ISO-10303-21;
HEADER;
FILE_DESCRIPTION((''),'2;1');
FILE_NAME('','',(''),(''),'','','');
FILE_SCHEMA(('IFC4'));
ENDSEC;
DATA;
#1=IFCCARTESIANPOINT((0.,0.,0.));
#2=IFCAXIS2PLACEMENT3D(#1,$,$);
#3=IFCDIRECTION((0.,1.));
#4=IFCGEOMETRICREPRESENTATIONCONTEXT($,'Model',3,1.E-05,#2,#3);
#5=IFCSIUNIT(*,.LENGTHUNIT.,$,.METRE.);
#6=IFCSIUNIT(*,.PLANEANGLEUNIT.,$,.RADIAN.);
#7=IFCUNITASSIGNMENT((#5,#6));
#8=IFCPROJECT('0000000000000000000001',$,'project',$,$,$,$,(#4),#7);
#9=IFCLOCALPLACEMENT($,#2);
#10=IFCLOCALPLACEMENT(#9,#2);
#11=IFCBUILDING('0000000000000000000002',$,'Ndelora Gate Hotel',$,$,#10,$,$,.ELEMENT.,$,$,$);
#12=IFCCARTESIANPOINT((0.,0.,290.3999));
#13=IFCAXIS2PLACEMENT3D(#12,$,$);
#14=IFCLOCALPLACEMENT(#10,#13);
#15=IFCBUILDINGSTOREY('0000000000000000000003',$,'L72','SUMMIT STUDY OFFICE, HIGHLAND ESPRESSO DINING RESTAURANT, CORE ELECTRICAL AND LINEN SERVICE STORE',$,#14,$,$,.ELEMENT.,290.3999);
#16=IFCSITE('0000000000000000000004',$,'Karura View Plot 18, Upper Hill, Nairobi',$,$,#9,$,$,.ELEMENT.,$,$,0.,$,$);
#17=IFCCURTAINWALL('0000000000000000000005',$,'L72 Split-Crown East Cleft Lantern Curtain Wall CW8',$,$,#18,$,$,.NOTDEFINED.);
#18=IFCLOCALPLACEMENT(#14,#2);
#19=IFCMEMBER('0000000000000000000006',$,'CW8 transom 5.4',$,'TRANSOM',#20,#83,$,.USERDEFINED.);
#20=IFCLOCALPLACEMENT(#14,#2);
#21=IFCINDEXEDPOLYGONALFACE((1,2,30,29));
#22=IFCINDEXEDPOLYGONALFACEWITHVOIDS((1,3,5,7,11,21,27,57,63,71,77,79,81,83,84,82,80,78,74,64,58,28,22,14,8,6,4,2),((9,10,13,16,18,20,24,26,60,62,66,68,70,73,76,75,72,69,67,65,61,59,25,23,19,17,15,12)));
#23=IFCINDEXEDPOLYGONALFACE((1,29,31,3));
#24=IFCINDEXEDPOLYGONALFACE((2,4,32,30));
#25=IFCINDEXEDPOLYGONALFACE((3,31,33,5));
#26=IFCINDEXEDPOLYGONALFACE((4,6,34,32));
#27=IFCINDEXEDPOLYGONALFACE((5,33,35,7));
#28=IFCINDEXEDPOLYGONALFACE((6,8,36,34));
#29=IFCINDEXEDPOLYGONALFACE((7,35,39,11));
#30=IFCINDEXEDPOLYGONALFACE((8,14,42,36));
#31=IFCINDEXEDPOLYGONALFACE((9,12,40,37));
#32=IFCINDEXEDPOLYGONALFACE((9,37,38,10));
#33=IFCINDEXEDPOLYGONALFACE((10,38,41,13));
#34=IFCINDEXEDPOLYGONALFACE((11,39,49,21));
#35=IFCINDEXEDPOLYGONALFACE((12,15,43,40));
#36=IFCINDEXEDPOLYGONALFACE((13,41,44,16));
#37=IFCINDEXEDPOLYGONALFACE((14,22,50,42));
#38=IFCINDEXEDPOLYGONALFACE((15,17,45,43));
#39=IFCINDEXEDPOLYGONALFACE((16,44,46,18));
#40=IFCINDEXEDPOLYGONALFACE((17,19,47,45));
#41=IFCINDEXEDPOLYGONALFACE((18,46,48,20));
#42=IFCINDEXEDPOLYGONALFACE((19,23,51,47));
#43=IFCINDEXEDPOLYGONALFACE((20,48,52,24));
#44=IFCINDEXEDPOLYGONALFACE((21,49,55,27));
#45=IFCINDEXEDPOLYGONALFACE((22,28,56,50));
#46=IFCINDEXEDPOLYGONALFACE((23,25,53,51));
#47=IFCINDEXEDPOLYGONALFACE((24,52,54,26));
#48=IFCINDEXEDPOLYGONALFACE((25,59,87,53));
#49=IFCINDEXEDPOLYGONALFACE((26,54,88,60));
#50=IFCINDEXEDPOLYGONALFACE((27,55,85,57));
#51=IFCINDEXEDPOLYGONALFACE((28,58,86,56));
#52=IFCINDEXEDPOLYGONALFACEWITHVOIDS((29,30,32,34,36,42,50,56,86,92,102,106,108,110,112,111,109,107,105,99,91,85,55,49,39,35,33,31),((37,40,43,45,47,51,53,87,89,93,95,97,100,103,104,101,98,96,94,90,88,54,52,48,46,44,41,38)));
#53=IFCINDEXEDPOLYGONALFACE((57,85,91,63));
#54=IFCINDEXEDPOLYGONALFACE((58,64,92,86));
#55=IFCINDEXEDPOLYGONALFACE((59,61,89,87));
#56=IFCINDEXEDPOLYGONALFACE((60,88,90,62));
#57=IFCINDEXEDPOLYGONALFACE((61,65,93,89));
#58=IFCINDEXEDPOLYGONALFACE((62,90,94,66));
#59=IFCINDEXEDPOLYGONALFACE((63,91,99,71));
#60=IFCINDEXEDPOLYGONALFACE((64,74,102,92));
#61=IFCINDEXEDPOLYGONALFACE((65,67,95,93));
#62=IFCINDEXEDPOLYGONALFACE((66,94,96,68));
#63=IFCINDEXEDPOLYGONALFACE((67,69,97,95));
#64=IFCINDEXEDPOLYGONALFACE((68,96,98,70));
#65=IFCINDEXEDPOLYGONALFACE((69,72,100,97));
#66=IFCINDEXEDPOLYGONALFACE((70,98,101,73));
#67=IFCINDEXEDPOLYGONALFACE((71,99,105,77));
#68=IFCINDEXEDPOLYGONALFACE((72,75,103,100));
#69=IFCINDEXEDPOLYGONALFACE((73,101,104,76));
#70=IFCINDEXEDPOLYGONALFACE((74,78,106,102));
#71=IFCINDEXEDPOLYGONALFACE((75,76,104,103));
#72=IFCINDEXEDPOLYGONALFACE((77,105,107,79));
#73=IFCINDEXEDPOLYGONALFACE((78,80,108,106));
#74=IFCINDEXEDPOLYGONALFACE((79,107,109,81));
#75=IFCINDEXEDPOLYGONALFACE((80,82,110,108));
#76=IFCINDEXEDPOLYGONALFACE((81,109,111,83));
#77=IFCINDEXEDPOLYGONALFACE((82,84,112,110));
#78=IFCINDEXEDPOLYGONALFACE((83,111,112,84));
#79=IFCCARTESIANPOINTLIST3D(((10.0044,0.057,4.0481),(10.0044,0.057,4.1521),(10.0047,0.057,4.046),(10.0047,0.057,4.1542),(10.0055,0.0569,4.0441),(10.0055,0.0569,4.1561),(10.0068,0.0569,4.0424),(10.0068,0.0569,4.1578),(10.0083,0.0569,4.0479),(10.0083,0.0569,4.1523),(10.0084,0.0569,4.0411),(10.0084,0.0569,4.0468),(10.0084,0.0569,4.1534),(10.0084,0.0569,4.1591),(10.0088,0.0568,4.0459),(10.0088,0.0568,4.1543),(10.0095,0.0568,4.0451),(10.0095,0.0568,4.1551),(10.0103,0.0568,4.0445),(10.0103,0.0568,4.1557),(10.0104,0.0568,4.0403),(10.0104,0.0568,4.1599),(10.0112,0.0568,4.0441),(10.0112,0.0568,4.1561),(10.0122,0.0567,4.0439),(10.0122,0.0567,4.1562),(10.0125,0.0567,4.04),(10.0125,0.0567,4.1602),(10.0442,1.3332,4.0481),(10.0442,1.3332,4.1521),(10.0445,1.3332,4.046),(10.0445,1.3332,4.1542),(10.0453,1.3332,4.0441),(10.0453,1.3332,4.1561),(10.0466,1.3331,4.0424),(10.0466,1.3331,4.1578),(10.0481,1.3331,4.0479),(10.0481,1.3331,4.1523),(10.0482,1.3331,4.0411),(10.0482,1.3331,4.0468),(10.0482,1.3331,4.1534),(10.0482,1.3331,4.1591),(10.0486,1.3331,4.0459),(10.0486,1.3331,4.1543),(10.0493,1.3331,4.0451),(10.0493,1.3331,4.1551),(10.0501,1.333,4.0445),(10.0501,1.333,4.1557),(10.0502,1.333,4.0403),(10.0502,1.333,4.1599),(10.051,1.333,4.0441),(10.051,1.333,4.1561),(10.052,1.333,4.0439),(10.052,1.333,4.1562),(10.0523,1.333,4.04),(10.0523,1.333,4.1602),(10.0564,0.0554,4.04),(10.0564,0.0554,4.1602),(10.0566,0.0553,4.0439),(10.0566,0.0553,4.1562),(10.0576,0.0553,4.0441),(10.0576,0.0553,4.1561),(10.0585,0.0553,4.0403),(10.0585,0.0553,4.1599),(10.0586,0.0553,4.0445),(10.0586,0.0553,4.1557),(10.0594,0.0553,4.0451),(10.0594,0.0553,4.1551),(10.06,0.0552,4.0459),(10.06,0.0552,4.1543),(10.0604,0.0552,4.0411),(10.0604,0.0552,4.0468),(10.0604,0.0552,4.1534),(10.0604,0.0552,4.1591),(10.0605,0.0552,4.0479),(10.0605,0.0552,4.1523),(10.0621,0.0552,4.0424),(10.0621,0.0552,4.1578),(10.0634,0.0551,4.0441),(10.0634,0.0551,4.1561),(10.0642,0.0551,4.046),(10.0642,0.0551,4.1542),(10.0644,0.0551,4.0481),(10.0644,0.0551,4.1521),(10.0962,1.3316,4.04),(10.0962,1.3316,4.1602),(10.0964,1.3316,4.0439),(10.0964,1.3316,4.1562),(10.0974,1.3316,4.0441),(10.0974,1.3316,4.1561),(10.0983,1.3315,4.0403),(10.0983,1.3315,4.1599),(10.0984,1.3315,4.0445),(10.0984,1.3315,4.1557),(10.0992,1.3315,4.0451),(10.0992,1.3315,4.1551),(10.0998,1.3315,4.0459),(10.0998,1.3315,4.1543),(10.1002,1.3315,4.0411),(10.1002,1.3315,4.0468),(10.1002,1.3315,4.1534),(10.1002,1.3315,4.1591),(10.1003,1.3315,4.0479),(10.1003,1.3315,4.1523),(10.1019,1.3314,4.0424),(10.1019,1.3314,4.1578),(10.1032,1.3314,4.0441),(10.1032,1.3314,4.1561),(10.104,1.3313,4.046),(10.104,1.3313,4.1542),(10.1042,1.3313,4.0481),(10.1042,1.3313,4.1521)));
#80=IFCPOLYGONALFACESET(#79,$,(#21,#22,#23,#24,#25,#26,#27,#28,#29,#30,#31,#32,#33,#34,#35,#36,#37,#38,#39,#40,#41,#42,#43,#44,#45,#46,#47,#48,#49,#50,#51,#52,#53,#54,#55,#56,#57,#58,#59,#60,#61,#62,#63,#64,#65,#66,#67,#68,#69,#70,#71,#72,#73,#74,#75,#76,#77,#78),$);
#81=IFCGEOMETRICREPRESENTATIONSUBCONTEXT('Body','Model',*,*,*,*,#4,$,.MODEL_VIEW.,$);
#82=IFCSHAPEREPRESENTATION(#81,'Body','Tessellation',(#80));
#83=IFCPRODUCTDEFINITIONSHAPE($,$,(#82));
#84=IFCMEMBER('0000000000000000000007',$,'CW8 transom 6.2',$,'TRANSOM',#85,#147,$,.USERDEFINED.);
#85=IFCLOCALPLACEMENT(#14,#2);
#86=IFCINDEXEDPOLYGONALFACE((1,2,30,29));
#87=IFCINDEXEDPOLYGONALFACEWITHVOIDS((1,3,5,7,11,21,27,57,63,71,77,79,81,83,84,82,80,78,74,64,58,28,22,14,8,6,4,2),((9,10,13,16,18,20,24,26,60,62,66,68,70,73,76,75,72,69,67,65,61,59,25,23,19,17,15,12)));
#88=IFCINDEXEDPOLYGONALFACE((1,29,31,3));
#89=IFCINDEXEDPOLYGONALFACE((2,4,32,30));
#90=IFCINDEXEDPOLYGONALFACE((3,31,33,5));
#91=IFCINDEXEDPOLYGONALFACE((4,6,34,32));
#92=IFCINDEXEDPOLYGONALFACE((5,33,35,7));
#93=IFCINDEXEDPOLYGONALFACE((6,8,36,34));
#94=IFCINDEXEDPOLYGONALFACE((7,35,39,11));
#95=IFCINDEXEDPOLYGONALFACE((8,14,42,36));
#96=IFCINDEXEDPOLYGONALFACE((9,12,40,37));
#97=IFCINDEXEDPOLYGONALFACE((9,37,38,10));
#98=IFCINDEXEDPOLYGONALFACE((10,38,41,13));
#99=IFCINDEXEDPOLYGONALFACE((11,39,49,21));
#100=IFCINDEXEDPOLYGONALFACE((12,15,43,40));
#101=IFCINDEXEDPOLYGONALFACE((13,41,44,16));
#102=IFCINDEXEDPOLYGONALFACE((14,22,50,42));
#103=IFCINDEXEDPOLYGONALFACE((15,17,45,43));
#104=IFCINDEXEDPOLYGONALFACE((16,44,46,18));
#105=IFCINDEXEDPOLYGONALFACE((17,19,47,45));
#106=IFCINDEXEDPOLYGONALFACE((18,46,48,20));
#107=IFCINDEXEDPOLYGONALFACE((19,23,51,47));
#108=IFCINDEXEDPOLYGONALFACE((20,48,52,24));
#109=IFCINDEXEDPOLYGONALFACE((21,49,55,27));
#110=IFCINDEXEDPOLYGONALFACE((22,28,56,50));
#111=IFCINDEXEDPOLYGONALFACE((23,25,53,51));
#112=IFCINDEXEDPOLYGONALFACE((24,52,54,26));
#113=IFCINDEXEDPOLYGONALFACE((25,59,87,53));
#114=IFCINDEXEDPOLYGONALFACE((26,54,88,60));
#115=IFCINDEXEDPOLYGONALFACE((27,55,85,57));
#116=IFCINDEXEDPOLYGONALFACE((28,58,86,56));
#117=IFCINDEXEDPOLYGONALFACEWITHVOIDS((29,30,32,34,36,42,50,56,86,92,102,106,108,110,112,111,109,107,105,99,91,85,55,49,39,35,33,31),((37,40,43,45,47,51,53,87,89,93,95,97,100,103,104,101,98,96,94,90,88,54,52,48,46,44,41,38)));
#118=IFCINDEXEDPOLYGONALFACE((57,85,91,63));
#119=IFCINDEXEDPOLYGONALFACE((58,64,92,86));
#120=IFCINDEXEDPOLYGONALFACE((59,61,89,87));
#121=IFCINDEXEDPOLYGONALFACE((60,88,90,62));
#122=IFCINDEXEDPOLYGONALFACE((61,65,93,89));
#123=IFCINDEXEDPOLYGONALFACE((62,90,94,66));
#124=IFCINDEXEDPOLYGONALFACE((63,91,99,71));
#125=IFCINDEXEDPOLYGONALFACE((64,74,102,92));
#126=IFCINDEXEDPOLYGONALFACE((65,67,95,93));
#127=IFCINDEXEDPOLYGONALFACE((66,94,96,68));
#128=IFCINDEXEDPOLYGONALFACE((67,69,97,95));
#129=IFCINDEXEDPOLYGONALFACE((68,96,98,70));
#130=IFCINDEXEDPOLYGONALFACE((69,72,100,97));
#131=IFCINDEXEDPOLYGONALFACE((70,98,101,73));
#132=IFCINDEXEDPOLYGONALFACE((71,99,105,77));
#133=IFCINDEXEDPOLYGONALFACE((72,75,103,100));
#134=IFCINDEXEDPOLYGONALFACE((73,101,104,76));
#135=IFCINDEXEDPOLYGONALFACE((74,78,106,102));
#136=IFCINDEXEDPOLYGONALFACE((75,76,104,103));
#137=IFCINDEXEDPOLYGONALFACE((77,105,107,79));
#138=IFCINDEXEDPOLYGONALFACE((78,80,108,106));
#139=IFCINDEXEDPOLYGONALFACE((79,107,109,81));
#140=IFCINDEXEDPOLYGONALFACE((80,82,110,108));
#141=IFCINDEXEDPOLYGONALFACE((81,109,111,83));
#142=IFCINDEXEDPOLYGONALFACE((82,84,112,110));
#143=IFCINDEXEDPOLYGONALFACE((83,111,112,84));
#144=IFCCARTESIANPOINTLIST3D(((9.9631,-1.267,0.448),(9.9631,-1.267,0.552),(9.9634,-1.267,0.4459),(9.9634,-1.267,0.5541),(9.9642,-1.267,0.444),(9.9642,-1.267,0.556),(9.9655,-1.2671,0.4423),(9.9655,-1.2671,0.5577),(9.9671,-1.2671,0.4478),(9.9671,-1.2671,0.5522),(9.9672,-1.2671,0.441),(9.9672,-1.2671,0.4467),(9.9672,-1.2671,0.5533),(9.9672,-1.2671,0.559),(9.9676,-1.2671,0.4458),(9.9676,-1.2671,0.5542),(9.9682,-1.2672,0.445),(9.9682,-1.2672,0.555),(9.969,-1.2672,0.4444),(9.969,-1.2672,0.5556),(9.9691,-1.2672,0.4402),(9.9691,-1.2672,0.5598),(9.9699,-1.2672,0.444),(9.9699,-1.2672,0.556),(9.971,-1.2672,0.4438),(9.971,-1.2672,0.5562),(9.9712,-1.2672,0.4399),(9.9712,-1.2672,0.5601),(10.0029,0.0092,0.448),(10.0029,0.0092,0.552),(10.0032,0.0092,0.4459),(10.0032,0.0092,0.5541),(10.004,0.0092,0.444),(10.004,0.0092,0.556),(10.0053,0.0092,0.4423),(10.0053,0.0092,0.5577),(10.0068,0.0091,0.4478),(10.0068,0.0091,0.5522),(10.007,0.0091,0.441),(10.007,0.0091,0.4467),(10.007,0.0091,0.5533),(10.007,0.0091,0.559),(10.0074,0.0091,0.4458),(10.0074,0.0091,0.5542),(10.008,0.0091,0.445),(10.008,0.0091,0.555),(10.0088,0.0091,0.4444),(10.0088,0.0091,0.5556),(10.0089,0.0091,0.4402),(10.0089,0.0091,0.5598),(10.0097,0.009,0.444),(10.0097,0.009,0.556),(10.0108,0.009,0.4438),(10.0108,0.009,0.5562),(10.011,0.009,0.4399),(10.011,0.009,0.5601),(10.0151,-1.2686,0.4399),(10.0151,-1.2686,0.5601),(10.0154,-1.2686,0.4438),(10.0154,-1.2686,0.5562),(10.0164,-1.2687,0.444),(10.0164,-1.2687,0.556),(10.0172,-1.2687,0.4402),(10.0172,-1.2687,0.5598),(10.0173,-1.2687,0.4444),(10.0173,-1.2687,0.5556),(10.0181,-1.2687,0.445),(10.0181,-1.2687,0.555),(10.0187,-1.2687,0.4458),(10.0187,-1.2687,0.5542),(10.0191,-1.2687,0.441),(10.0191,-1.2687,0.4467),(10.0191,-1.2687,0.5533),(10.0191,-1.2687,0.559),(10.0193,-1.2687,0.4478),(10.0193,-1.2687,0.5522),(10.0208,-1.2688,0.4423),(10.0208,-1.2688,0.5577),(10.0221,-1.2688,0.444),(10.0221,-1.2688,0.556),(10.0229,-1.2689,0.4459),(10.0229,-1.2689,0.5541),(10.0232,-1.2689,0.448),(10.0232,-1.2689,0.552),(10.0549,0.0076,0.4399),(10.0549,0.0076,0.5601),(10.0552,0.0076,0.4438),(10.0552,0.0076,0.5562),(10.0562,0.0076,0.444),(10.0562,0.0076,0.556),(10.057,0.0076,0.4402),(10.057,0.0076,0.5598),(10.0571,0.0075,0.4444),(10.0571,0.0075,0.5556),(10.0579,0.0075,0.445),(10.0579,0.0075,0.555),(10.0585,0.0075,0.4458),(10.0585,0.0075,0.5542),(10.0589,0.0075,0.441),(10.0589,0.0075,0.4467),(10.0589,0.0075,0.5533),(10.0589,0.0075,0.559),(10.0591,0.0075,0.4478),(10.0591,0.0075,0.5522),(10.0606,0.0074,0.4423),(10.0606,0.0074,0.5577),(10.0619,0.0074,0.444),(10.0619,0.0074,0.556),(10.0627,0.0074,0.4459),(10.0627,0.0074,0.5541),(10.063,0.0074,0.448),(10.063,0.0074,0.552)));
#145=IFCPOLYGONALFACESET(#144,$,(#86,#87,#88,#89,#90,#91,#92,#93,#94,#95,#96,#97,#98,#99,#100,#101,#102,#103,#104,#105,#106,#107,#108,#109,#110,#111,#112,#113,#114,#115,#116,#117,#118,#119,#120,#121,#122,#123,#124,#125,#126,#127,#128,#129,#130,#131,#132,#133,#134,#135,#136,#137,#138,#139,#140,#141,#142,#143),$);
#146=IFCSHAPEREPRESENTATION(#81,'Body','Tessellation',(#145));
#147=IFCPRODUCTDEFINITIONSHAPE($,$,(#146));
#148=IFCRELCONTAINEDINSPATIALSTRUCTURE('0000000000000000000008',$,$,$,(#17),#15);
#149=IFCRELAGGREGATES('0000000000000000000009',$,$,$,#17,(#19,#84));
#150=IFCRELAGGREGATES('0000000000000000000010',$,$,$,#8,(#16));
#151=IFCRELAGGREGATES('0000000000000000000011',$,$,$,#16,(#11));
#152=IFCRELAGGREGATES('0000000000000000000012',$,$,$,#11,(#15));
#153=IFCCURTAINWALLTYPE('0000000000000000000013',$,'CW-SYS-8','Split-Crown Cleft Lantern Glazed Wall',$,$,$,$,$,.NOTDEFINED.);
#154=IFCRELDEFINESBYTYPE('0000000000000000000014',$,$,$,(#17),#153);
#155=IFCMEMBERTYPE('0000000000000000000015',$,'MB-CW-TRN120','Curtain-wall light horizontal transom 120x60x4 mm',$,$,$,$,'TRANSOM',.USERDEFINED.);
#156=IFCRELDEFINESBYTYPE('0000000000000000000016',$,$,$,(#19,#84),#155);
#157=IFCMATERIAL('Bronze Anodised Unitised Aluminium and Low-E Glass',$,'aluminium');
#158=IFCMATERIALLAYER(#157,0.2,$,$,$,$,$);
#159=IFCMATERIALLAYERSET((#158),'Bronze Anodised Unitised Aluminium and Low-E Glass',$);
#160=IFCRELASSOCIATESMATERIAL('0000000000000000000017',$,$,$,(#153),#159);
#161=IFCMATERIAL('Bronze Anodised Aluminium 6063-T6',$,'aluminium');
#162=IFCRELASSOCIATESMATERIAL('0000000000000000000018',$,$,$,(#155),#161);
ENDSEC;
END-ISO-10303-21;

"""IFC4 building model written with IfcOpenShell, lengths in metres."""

from ifc_helpers import new_model, si_unit, direction, frame, origin, origin_2d, place, context, subcontext, project, spatial, hollow_rectangle, extrude, material, layer, layer_set, material_profile, profile_set, type_object, element, aggregate, save


model = new_model("IFC4")

# Units and contexts
model_context = context("Model", 3, precision=1e-05, world=origin(), true_north=direction((0.0, 1.0)))
body_context = subcontext(model_context, "Body", "Model", "MODEL_VIEW")
ifc_project = project(units=[si_unit("LENGTHUNIT", "METRE"), si_unit("PLANEANGLEUNIT", "RADIAN")], contexts=[model_context])

# Site, building, storey
site_placement = place(None, origin())
site = spatial("IfcSite", under=ifc_project, at=site_placement, Name="Karura View Plot 18, Upper Hill, Nairobi", CompositionType="ELEMENT", RefElevation=0.0)
building_placement = place(site_placement, origin())
building = spatial("IfcBuilding", under=site, at=building_placement, Name="Ndelora Gate Hotel", CompositionType="ELEMENT")
storey_placement = place(building_placement, frame((0.0, 0.0, 290.3999)))
storey = spatial("IfcBuildingStorey", under=building, at=storey_placement, Name="L72", Description="SUMMIT STUDY OFFICE, HIGHLAND ESPRESSO DINING RESTAURANT, CORE ELECTRICAL AND LINEN SERVICE STORE", CompositionType="ELEMENT", Elevation=290.3999)

# Curtain wall, members
ifc_material_1 = material(Name="Bronze Anodised Unitised Aluminium and Low-E Glass", Category="aluminium")
ifc_layer_1 = layer(ifc_material_1, 0.2)
ifc_layer_set_1 = layer_set([ifc_layer_1], Name="Bronze Anodised Unitised Aluminium and Low-E Glass")
curtain_wall_type = type_object("IfcCurtainWallType", Name="CW-SYS-8", Description="Split-Crown Cleft Lantern Glazed Wall", PredefinedType="NOTDEFINED", material=ifc_layer_set_1)
curtain_wall_placement = place(storey_placement, origin())
curtain_wall = element("IfcCurtainWall", 1, at=curtain_wall_placement, inside=storey, type_object=curtain_wall_type, Name="L72 Split-Crown East Cleft Lantern Curtain Wall CW8", PredefinedType="NOTDEFINED")
ifc_material_2 = material(Name="Bronze Anodised Aluminium 6063-T6", Category="aluminium")
ifc_material_profile_1 = material_profile(ifc_material_2, hollow_rectangle(XDim=0.0601, YDim=0.1201, WallThickness=0.0039, InnerFilletRadius=0.0039, OuterFilletRadius=0.0081, at=origin_2d()), Name="ALU 120x60x4")
ifc_profile_set_1 = profile_set([ifc_material_profile_1], Name="Bronze Anodised Aluminium 6063-T6")
member_type_1 = type_object("IfcMemberType", Name="MB-CW-TRN120", Description="Curtain-wall light horizontal transom 120x60x4 mm", ElementType="TRANSOM", PredefinedType="USERDEFINED", material=ifc_profile_set_1)
member_1_placement = place(storey_placement, frame((10.0742, 1.3323, 4.1001), z_axis=(-0.031169, -0.999514, 0.0), x_axis=(0.999514, -0.031169, 0.0)))
member_1 = element("IfcMember", 2, at=member_1_placement, type_object=member_type_1, Name="CW8 transom 5.4", ObjectType="TRANSOM", PredefinedType="USERDEFINED", context=body_context, shape_type="SweptSolid", body=[
    extrude(hollow_rectangle(XDim=0.0601, YDim=0.1201, WallThickness=0.0039, InnerFilletRadius=0.0039, OuterFilletRadius=0.0081, at=origin_2d()), origin(), (0.0, 0.0, 1.0), 1.2769),
])
member_2_placement = place(storey_placement, frame((10.033, 0.0083, 0.5), z_axis=(-0.031169, -0.999514, 0.0), x_axis=(0.999514, -0.031169, 0.0)))
member_2 = element("IfcMember", 3, at=member_2_placement, type_object=member_type_1, Name="CW8 transom 6.2", ObjectType="TRANSOM", PredefinedType="USERDEFINED", context=body_context, shape_type="SweptSolid", body=[
    extrude(hollow_rectangle(XDim=0.0601, YDim=0.1201, WallThickness=0.0039, InnerFilletRadius=0.0039, OuterFilletRadius=0.0081, at=origin_2d()), origin(), (0.0, 0.0, 1.0), 1.2769),
])
aggregate(curtain_wall, [member_1, member_2])

save(model, "model.ifc")
